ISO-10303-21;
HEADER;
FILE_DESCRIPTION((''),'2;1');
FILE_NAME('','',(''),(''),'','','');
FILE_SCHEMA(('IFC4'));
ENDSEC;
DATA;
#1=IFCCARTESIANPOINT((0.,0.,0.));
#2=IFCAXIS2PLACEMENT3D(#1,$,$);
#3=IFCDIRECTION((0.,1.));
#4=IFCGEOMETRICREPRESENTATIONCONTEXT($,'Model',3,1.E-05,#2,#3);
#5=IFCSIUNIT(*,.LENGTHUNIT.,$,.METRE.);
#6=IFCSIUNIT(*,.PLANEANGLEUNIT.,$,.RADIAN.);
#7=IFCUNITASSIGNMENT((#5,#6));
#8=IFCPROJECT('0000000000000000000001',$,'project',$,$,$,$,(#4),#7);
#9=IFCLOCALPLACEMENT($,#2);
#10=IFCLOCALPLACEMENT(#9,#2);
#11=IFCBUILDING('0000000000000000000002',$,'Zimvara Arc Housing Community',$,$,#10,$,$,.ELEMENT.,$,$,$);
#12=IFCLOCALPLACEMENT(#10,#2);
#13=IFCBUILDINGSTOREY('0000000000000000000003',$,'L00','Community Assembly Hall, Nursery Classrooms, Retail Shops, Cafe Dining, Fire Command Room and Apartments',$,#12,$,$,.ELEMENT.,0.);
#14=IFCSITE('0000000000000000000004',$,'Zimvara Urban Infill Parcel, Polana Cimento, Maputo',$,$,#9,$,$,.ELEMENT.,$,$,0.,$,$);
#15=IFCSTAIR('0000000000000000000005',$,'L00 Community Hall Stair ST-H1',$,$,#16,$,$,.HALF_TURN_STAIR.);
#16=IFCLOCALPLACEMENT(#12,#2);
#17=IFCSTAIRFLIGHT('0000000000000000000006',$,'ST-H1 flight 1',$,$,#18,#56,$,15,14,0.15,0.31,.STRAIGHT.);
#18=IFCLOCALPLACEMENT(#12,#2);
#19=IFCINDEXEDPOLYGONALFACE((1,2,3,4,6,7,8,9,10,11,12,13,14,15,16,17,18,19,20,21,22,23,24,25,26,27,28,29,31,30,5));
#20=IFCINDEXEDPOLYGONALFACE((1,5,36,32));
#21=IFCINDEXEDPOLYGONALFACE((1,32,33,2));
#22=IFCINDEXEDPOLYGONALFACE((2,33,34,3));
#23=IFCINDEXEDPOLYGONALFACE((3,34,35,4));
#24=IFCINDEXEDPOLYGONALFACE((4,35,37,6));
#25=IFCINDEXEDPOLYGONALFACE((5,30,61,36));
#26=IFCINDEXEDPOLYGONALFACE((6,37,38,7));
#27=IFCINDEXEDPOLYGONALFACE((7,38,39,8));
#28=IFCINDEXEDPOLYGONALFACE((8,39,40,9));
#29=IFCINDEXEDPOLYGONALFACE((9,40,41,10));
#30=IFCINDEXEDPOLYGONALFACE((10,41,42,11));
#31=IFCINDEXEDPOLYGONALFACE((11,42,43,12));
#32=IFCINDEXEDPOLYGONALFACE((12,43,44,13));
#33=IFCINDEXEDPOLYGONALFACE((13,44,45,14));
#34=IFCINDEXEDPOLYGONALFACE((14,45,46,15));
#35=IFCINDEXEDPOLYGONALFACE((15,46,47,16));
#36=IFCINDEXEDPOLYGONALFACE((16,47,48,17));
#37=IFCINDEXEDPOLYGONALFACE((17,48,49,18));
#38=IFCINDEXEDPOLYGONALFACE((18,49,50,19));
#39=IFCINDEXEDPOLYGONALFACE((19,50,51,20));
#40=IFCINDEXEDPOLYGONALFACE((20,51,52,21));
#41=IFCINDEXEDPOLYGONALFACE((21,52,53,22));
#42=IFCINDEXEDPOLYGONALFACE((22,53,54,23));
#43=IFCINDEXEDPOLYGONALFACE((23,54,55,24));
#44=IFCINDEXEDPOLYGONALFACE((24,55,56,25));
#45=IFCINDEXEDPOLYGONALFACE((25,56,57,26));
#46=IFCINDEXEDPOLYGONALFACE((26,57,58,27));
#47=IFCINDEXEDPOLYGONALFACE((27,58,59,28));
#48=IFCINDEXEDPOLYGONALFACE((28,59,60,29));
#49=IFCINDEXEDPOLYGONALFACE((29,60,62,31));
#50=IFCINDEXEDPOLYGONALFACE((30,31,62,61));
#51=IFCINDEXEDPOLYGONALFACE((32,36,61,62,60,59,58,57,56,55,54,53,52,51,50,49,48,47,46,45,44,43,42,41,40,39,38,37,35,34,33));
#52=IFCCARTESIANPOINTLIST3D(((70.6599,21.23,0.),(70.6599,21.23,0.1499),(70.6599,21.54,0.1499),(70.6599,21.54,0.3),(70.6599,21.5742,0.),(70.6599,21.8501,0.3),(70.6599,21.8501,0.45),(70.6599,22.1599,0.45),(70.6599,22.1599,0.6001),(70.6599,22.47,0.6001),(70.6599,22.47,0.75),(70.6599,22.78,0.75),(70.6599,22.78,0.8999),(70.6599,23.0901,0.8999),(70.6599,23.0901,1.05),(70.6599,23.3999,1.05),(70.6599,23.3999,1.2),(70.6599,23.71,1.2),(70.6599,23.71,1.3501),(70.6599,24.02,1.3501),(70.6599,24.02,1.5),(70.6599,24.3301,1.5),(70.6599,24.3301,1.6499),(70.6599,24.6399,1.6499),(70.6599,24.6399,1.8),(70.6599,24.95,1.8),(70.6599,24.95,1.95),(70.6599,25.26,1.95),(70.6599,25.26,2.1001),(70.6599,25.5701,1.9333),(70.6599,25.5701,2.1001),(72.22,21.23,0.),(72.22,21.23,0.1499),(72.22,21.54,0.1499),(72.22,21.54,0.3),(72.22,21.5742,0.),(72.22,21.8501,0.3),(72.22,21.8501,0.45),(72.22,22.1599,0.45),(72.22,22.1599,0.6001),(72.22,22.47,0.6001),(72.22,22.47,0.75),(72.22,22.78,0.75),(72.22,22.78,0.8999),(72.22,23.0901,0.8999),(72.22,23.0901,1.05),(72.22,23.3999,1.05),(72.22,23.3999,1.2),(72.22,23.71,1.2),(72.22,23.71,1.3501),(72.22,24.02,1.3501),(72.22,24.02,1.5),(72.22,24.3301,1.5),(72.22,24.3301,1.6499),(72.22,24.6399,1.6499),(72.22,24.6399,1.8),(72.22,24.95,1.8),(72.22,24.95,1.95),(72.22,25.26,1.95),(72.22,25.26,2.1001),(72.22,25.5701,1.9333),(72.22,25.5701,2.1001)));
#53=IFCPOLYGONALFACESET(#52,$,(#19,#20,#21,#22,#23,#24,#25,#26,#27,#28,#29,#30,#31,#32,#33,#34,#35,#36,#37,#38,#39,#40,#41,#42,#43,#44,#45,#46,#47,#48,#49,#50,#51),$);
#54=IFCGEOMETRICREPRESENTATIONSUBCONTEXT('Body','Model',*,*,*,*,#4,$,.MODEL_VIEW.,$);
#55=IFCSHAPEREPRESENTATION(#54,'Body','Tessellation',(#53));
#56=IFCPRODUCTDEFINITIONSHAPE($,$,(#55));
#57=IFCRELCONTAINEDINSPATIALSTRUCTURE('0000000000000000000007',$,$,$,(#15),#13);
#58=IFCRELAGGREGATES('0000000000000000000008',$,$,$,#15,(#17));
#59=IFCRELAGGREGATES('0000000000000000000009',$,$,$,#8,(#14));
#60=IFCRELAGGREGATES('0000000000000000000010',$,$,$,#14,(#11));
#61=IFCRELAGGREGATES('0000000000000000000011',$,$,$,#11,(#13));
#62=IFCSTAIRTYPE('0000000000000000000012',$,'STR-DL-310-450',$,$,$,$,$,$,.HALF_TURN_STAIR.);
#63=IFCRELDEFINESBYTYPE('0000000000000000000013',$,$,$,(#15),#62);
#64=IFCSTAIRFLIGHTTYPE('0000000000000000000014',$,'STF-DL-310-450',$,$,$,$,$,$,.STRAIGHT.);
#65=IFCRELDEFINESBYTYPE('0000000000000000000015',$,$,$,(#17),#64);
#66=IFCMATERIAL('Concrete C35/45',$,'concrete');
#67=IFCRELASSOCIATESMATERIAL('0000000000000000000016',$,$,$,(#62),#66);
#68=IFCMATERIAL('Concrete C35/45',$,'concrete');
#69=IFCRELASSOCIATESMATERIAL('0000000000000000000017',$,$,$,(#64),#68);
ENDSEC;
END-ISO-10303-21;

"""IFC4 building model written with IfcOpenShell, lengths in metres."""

from ifc_helpers import new_model, si_unit, direction, frame, origin, place, context, subcontext, project, spatial, polyline, outline, extrude, material, type_object, element, aggregate, save


model = new_model("IFC4")

# Units and contexts
model_context = context("Model", 3, precision=1e-05, world=origin(), true_north=direction((0.0, 1.0)))
body_context = subcontext(model_context, "Body", "Model", "MODEL_VIEW")
ifc_project = project(units=[si_unit("LENGTHUNIT", "METRE"), si_unit("PLANEANGLEUNIT", "RADIAN")], contexts=[model_context])

# Site, building, storey
site_placement = place(None, origin())
site = spatial("IfcSite", under=ifc_project, at=site_placement, Name="Zimvara Urban Infill Parcel, Polana Cimento, Maputo", CompositionType="ELEMENT", RefElevation=0.0)
building_placement = place(site_placement, origin())
building = spatial("IfcBuilding", under=site, at=building_placement, Name="Zimvara Arc Housing Community", CompositionType="ELEMENT")
storey_placement = place(building_placement, origin())
storey = spatial("IfcBuildingStorey", under=building, at=storey_placement, Name="L00", Description="Community Assembly Hall, Nursery Classrooms, Retail Shops, Cafe Dining, Fire Command Room and Apartments", CompositionType="ELEMENT", Elevation=0.0)

# Stair, stair flight
ifc_material_1 = material(Name="Concrete C35/45", Category="concrete")
stair_type = type_object("IfcStairType", Name="STR-DL-310-450", PredefinedType="HALF_TURN_STAIR", material=ifc_material_1)
stair_placement = place(storey_placement, origin())
stair = element("IfcStair", 1, at=stair_placement, inside=storey, type_object=stair_type, Name="L00 Community Hall Stair ST-H1", PredefinedType="HALF_TURN_STAIR")
ifc_material_2 = material(Name="Concrete C35/45", Category="concrete")
stair_flight_type = type_object("IfcStairFlightType", Name="STF-DL-310-450", PredefinedType="STRAIGHT", material=ifc_material_2)
stair_flight_placement = place(storey_placement, frame((71.4399, 21.23, 0.0), z_axis=(0.0, 0.0, 1.0), x_axis=(0.0, 1.0, 0.0)))
stair_flight = element("IfcStairFlight", 2, at=stair_flight_placement, type_object=stair_flight_type, Name="ST-H1 flight 1", NumberOfRisers=15, NumberOfTreads=14, PredefinedType="STRAIGHT", RiserHeight=0.15, TreadLength=0.31, context=body_context, shape_type="SweptSolid", body=[
    extrude(outline(polyline([(0.0, 0.0), (0.0, 0.1499), (0.3101, 0.1499), (0.3101, 0.3), (0.6201, 0.3), (0.6201, 0.45), (0.9299, 0.45), (0.9299, 0.6001), (1.24, 0.6001), (1.24, 0.75), (1.55, 0.75), (1.55, 0.8999), (1.8601, 0.8999), (1.8601, 1.05), (2.1699, 1.05), (2.1699, 1.2), (2.48, 1.2), (2.48, 1.3501), (2.79, 1.3501), (2.79, 1.5), (3.1001, 1.5), (3.1001, 1.6499), (3.4099, 1.6499), (3.4099, 1.8), (3.72, 1.8), (3.72, 1.95), (4.03, 1.95), (4.03, 2.1001), (4.3401, 2.1001), (4.3401, 2.25), (4.3401, 1.9333), (0.3442, 0.0), (0.0, 0.0)])), frame((0.0, 0.78, 0.0), z_axis=(0.0, -1.0, 0.0), x_axis=(1.0, 0.0, 0.0)), (0.0, 0.0, 1.0), 1.5601),
])
aggregate(stair, [stair_flight])

save(model, "model.ifc")
